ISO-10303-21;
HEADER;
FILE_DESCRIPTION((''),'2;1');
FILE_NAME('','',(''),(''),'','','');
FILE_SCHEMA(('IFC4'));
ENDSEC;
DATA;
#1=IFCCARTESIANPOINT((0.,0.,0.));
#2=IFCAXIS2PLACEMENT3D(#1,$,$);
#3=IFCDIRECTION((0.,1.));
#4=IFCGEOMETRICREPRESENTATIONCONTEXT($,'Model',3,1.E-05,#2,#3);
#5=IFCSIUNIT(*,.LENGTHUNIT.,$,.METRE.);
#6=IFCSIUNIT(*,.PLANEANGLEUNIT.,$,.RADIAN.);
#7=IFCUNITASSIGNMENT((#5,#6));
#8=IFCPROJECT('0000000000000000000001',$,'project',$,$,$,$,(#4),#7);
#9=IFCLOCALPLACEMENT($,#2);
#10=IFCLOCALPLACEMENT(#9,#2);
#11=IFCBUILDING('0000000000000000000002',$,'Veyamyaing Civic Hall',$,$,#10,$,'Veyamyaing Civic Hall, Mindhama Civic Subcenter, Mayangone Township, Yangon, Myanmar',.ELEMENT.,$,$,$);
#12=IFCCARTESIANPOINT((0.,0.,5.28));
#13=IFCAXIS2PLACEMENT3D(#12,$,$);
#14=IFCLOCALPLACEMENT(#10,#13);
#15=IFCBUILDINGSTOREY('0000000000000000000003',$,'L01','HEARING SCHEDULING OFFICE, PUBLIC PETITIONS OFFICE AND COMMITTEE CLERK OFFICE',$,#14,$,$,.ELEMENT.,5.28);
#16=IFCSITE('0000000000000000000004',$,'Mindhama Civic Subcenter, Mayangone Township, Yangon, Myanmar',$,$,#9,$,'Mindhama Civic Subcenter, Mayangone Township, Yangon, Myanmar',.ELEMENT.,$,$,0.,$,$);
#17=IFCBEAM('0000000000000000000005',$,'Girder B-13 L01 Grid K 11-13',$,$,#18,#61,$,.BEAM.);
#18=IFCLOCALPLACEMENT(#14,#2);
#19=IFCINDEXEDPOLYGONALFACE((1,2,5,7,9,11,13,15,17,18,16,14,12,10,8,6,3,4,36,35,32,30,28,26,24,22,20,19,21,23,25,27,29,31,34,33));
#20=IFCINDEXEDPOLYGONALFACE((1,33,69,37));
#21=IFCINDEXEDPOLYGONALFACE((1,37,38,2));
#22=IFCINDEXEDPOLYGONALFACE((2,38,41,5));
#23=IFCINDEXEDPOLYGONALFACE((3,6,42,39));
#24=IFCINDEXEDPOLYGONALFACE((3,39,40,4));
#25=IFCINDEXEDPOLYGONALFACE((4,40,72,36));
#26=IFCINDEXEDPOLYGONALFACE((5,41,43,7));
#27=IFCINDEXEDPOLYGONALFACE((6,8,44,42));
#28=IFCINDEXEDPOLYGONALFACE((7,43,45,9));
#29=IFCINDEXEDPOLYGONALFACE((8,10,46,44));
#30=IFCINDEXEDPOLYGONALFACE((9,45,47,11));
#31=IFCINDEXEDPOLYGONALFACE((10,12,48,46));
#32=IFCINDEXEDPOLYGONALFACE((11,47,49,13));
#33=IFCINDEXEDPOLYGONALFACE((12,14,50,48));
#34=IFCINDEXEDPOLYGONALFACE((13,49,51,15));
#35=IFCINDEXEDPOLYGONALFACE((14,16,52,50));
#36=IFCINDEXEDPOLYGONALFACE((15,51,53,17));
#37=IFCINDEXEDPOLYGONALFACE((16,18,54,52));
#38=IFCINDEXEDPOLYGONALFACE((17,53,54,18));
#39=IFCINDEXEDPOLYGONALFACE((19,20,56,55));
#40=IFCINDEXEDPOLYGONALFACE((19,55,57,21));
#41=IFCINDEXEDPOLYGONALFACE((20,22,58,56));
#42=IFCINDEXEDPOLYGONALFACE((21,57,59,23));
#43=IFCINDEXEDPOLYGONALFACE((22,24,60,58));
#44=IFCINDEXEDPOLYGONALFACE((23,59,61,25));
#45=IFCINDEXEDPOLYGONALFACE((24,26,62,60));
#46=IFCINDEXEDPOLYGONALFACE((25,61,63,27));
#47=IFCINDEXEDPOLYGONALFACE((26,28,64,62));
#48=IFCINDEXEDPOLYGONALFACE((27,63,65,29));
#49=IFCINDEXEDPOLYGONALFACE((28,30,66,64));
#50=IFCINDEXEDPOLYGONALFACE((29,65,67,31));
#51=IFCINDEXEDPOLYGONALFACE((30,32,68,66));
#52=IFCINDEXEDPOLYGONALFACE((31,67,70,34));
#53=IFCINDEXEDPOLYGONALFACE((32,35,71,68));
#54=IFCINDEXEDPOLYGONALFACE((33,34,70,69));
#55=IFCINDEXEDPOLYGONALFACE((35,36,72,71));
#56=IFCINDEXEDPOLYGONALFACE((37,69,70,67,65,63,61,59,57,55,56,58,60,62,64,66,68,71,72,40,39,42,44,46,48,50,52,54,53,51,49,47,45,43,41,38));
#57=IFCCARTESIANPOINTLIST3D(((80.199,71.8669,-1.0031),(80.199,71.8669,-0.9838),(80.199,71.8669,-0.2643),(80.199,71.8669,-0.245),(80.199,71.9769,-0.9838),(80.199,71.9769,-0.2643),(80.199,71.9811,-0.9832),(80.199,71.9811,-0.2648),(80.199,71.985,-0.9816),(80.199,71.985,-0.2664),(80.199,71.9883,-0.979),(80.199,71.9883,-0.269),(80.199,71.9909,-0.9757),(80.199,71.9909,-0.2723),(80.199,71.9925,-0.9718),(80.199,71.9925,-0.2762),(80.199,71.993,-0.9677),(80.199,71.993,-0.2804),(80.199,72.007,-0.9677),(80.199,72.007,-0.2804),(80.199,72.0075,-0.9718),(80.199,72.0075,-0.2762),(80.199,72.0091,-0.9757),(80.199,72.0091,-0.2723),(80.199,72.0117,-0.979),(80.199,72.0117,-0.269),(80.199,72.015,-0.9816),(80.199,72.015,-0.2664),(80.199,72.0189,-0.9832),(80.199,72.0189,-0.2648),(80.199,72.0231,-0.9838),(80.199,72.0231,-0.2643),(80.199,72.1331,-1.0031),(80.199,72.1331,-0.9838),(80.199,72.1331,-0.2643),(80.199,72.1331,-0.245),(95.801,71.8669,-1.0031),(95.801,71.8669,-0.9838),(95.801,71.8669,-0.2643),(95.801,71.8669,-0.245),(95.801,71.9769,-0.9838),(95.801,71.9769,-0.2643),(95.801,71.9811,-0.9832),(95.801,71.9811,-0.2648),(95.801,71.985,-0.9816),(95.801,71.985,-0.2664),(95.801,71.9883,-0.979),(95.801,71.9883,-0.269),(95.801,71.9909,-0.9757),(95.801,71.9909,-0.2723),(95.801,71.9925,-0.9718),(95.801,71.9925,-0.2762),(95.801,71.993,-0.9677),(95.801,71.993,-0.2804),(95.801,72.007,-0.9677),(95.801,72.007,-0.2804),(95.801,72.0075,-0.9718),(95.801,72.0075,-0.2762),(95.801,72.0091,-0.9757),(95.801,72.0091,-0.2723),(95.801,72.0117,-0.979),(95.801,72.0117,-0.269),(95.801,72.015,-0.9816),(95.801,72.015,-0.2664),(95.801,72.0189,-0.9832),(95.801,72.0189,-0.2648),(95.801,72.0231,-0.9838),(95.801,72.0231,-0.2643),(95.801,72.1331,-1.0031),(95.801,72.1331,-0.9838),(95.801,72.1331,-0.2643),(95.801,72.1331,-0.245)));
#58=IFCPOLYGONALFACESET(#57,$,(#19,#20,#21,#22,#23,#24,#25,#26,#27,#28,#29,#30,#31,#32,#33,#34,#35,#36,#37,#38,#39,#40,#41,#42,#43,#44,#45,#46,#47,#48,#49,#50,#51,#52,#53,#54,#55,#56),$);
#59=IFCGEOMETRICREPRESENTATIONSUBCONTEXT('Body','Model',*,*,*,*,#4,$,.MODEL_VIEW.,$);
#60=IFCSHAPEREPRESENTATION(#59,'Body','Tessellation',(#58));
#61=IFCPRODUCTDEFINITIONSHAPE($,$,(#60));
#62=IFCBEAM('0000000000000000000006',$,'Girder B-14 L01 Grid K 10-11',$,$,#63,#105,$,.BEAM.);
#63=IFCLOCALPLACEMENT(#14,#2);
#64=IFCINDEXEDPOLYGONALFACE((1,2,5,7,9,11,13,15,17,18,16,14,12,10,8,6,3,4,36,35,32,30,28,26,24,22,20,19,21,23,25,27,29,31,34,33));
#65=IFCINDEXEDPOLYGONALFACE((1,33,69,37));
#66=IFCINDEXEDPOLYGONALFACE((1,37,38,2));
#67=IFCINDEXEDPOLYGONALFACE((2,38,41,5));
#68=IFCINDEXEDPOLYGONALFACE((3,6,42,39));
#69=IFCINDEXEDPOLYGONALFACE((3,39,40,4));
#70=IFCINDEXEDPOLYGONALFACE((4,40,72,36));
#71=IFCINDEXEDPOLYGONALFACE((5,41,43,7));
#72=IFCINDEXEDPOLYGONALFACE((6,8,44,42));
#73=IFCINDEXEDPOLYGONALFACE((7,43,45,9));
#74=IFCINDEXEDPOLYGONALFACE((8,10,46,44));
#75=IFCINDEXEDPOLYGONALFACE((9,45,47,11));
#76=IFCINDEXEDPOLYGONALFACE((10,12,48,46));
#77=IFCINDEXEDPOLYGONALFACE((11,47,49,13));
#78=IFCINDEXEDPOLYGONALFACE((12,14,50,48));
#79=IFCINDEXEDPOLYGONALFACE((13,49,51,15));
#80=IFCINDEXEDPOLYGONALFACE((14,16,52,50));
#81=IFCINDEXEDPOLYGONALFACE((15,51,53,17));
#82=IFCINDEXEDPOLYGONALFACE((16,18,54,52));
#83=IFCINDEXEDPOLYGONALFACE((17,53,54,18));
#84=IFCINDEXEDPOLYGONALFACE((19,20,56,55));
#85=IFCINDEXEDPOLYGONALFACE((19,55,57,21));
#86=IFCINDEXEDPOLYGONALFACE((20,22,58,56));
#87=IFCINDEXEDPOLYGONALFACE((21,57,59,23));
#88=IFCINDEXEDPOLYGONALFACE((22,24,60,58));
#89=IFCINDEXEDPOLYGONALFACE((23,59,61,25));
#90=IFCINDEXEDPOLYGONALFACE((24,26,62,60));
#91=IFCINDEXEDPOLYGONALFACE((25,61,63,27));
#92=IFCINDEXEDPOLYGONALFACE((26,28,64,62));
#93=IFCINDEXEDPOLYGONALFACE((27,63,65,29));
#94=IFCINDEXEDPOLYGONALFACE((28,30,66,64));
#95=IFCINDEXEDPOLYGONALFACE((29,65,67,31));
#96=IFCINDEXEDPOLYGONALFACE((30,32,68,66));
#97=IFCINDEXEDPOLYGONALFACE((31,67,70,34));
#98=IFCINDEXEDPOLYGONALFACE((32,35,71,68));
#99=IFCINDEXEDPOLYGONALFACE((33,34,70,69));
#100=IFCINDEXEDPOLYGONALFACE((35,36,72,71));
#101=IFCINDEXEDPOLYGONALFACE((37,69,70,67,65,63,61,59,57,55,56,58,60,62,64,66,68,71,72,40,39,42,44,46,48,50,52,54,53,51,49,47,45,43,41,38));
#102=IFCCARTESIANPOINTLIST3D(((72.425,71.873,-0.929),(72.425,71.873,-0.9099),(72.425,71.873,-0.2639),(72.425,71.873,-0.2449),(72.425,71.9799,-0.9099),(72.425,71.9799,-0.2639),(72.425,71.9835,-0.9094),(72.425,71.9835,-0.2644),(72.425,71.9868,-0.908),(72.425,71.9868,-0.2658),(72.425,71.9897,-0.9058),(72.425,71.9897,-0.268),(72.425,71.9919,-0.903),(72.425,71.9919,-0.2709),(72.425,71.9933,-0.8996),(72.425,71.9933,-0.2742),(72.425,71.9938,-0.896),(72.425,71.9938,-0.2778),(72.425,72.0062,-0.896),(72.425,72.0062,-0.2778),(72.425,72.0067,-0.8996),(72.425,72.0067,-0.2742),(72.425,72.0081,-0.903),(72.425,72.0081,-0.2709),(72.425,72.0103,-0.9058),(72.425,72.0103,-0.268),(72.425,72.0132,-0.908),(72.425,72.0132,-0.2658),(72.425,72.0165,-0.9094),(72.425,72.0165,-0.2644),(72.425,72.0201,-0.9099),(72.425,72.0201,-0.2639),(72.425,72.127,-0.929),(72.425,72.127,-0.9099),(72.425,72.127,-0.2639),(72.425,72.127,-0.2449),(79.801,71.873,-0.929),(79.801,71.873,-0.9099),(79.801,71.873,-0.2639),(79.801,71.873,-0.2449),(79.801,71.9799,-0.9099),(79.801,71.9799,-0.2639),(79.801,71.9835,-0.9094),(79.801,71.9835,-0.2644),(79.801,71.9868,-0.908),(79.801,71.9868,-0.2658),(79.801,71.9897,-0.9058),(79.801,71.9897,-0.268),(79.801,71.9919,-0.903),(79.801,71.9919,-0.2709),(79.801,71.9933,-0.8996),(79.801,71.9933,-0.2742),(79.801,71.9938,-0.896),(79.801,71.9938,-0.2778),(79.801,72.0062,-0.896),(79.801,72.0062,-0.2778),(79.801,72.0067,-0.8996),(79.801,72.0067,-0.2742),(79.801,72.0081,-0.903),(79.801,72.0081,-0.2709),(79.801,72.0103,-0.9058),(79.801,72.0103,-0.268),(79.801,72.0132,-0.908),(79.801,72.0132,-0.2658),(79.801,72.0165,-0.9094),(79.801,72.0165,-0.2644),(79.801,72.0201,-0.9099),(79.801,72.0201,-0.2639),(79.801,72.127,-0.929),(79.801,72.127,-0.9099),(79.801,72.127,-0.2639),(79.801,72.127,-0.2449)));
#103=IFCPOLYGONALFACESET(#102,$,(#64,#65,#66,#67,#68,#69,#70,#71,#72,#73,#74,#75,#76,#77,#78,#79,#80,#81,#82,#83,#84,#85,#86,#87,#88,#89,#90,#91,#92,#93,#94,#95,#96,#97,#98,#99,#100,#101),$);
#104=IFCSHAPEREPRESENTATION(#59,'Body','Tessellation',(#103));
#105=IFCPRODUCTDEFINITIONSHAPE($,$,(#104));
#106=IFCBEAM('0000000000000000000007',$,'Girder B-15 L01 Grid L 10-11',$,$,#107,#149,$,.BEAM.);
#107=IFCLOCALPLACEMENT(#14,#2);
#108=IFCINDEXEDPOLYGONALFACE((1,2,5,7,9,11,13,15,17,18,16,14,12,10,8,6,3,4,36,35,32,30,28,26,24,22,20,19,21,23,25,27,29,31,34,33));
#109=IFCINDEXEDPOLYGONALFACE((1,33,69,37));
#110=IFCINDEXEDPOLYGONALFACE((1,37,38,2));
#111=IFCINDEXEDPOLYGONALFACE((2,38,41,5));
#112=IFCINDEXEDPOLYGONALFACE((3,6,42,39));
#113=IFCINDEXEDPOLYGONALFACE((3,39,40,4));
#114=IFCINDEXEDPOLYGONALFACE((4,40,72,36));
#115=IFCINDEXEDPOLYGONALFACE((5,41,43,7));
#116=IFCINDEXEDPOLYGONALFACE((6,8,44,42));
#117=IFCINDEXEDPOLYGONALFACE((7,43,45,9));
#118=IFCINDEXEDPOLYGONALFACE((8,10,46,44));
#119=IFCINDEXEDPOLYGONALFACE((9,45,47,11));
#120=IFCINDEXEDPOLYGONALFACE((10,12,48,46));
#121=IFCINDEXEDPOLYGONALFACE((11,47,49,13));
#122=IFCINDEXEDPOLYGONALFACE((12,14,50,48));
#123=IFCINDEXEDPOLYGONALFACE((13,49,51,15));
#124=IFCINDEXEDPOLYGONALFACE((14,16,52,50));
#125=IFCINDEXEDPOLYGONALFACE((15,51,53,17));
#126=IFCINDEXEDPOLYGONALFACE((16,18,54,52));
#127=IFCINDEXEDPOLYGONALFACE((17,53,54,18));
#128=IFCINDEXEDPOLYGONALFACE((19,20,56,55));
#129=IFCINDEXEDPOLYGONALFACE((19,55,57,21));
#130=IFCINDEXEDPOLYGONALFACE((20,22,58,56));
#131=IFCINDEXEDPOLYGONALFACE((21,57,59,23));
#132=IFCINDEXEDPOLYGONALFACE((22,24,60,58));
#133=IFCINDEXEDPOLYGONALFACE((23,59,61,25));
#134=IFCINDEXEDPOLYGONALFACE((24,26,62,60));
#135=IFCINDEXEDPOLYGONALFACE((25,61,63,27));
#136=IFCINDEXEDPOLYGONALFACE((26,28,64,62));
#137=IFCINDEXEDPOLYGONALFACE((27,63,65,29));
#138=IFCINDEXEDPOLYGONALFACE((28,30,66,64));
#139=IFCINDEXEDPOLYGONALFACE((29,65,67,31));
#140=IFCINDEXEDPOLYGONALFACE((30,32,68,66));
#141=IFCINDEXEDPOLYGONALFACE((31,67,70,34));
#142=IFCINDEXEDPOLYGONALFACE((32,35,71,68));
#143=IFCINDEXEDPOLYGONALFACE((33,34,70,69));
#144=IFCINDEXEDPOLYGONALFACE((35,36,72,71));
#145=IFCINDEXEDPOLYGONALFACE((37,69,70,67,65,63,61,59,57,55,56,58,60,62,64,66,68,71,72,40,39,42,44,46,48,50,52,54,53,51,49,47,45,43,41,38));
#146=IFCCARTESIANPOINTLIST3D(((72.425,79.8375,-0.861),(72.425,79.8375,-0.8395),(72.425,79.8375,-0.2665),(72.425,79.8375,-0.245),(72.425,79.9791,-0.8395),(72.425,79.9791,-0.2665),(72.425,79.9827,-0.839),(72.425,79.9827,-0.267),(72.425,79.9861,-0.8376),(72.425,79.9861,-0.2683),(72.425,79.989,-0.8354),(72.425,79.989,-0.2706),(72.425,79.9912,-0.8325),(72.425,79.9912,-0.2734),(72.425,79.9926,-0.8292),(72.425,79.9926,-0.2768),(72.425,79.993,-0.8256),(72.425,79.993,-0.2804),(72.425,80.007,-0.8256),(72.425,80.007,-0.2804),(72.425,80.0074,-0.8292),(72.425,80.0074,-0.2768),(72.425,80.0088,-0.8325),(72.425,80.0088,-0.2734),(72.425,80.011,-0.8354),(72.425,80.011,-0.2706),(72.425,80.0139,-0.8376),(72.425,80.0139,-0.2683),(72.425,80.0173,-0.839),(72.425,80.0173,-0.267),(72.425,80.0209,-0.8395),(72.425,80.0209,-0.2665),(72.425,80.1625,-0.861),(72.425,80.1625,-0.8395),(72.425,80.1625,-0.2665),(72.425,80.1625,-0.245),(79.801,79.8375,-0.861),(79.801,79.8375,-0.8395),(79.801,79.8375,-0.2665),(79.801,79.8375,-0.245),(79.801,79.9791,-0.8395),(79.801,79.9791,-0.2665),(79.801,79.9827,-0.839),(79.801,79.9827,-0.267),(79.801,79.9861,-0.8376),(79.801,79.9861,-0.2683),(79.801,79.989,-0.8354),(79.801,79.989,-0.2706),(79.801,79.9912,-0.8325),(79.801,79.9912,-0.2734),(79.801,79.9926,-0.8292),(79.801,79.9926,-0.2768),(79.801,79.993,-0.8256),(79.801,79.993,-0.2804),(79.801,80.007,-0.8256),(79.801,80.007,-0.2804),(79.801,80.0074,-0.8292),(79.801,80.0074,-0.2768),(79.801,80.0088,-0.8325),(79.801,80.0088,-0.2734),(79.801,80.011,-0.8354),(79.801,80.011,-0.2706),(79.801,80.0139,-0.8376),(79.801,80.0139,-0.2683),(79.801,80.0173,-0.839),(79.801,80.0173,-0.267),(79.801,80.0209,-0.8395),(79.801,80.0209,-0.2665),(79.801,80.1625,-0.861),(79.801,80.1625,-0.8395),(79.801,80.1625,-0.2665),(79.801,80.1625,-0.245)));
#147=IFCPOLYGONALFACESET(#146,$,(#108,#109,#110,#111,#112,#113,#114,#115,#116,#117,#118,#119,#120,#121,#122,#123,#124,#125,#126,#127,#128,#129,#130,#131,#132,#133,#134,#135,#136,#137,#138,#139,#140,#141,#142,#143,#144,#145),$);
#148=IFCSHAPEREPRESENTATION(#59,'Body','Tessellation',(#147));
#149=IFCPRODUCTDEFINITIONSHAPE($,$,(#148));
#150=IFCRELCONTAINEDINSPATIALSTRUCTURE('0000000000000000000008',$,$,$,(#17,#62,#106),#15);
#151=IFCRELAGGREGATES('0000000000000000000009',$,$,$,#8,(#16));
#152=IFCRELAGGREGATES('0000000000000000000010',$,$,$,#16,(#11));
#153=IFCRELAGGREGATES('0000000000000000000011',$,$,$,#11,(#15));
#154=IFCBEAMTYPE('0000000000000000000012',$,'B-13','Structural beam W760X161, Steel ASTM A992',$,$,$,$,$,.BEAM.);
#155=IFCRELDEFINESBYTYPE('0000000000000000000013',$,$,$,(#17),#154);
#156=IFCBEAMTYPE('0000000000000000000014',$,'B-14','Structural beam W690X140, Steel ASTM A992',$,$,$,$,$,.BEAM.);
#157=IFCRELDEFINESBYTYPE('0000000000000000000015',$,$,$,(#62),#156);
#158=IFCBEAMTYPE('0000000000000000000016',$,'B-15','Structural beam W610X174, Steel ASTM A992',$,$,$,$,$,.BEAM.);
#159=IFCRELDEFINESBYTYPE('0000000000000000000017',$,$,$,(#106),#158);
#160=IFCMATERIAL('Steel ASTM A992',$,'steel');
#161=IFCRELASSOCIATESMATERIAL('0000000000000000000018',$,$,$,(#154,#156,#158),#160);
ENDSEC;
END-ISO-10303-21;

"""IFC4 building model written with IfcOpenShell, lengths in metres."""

from ifc_helpers import new_model, si_unit, direction, frame, origin, origin_2d, place, context, subcontext, project, spatial, i_section, extrude, material, material_profile, profile_set, type_object, element, save


model = new_model("IFC4")

# Units and contexts
model_context = context("Model", 3, precision=1e-05, world=origin(), true_north=direction((0.0, 1.0)))
body_context = subcontext(model_context, "Body", "Model", "MODEL_VIEW")
ifc_project = project(units=[si_unit("LENGTHUNIT", "METRE"), si_unit("PLANEANGLEUNIT", "RADIAN")], contexts=[model_context])

# Site, building, storey
site_placement = place(None, origin())
site = spatial("IfcSite", under=ifc_project, at=site_placement, Name="Mindhama Civic Subcenter, Mayangone Township, Yangon, Myanmar", LongName="Mindhama Civic Subcenter, Mayangone Township, Yangon, Myanmar", CompositionType="ELEMENT", RefElevation=0.0)
building_placement = place(site_placement, origin())
building = spatial("IfcBuilding", under=site, at=building_placement, Name="Veyamyaing Civic Hall", LongName="Veyamyaing Civic Hall, Mindhama Civic Subcenter, Mayangone Township, Yangon, Myanmar", CompositionType="ELEMENT")
storey_placement = place(building_placement, frame((0.0, 0.0, 5.28)))
storey = spatial("IfcBuildingStorey", under=building, at=storey_placement, Name="L01", Description="HEARING SCHEDULING OFFICE, PUBLIC PETITIONS OFFICE AND COMMITTEE CLERK OFFICE", CompositionType="ELEMENT", Elevation=5.28)

# Beams
ifc_material_1 = material(Name="Steel ASTM A992", Category="steel")
ifc_material_profile_1 = material_profile(ifc_material_1, i_section(OverallWidth=0.2661, OverallDepth=0.7581, WebThickness=0.0139, FlangeThickness=0.0193, FilletRadius=0.0161, at=origin_2d()), Name="W760X161")
ifc_profile_set_1 = profile_set([ifc_material_profile_1], Name="Steel ASTM A992")
beam_type_1 = type_object("IfcBeamType", Name="B-13", Description="Structural beam W760X161, Steel ASTM A992", PredefinedType="BEAM", material=ifc_profile_set_1)
beam_1_placement = place(storey_placement, frame((80.199, 72.0, -0.624), z_axis=(1.0, 0.0, 0.0), x_axis=(0.0, 1.0, 0.0)))
element("IfcBeam", 1, at=beam_1_placement, inside=storey, type_object=beam_type_1, Name="Girder B-13 L01 Grid K 11-13", PredefinedType="BEAM", context=body_context, shape_type="SweptSolid", body=[
    extrude(i_section(OverallWidth=0.2661, OverallDepth=0.7581, WebThickness=0.0139, FlangeThickness=0.0193, FilletRadius=0.0161, at=origin_2d()), origin(), (0.0, 0.0, 1.0), 15.6021),
])
ifc_material_profile_2 = material_profile(ifc_material_1, i_section(OverallWidth=0.2539, OverallDepth=0.6841, WebThickness=0.0125, FlangeThickness=0.019, FilletRadius=0.0139, at=origin_2d()), Name="W690X140")
ifc_profile_set_2 = profile_set([ifc_material_profile_2], Name="Steel ASTM A992")
beam_type_2 = type_object("IfcBeamType", Name="B-14", Description="Structural beam W690X140, Steel ASTM A992", PredefinedType="BEAM", material=ifc_profile_set_2)
beam_2_placement = place(storey_placement, frame((72.425, 72.0, -0.5869), z_axis=(1.0, 0.0, 0.0), x_axis=(0.0, 1.0, 0.0)))
element("IfcBeam", 2, at=beam_2_placement, inside=storey, type_object=beam_type_2, Name="Girder B-14 L01 Grid K 10-11", PredefinedType="BEAM", context=body_context, shape_type="SweptSolid", body=[
    extrude(i_section(OverallWidth=0.2539, OverallDepth=0.6841, WebThickness=0.0125, FlangeThickness=0.019, FilletRadius=0.0139, at=origin_2d()), origin(), (0.0, 0.0, 1.0), 7.376),
])
ifc_material_profile_3 = material_profile(ifc_material_1, i_section(OverallWidth=0.325, OverallDepth=0.616, WebThickness=0.0139, FlangeThickness=0.0215, FilletRadius=0.0139, at=origin_2d()), Name="W610X174")
ifc_profile_set_3 = profile_set([ifc_material_profile_3], Name="Steel ASTM A992")
beam_type_3 = type_object("IfcBeamType", Name="B-15", Description="Structural beam W610X174, Steel ASTM A992", PredefinedType="BEAM", material=ifc_profile_set_3)
beam_3_placement = place(storey_placement, frame((72.425, 80.0, -0.553), z_axis=(1.0, 0.0, 0.0), x_axis=(0.0, 1.0, 0.0)))
element("IfcBeam", 3, at=beam_3_placement, inside=storey, type_object=beam_type_3, Name="Girder B-15 L01 Grid L 10-11", PredefinedType="BEAM", context=body_context, shape_type="SweptSolid", body=[
    extrude(i_section(OverallWidth=0.325, OverallDepth=0.616, WebThickness=0.0139, FlangeThickness=0.0215, FilletRadius=0.0139, at=origin_2d()), origin(), (0.0, 0.0, 1.0), 7.376),
])

save(model, "model.ifc")
